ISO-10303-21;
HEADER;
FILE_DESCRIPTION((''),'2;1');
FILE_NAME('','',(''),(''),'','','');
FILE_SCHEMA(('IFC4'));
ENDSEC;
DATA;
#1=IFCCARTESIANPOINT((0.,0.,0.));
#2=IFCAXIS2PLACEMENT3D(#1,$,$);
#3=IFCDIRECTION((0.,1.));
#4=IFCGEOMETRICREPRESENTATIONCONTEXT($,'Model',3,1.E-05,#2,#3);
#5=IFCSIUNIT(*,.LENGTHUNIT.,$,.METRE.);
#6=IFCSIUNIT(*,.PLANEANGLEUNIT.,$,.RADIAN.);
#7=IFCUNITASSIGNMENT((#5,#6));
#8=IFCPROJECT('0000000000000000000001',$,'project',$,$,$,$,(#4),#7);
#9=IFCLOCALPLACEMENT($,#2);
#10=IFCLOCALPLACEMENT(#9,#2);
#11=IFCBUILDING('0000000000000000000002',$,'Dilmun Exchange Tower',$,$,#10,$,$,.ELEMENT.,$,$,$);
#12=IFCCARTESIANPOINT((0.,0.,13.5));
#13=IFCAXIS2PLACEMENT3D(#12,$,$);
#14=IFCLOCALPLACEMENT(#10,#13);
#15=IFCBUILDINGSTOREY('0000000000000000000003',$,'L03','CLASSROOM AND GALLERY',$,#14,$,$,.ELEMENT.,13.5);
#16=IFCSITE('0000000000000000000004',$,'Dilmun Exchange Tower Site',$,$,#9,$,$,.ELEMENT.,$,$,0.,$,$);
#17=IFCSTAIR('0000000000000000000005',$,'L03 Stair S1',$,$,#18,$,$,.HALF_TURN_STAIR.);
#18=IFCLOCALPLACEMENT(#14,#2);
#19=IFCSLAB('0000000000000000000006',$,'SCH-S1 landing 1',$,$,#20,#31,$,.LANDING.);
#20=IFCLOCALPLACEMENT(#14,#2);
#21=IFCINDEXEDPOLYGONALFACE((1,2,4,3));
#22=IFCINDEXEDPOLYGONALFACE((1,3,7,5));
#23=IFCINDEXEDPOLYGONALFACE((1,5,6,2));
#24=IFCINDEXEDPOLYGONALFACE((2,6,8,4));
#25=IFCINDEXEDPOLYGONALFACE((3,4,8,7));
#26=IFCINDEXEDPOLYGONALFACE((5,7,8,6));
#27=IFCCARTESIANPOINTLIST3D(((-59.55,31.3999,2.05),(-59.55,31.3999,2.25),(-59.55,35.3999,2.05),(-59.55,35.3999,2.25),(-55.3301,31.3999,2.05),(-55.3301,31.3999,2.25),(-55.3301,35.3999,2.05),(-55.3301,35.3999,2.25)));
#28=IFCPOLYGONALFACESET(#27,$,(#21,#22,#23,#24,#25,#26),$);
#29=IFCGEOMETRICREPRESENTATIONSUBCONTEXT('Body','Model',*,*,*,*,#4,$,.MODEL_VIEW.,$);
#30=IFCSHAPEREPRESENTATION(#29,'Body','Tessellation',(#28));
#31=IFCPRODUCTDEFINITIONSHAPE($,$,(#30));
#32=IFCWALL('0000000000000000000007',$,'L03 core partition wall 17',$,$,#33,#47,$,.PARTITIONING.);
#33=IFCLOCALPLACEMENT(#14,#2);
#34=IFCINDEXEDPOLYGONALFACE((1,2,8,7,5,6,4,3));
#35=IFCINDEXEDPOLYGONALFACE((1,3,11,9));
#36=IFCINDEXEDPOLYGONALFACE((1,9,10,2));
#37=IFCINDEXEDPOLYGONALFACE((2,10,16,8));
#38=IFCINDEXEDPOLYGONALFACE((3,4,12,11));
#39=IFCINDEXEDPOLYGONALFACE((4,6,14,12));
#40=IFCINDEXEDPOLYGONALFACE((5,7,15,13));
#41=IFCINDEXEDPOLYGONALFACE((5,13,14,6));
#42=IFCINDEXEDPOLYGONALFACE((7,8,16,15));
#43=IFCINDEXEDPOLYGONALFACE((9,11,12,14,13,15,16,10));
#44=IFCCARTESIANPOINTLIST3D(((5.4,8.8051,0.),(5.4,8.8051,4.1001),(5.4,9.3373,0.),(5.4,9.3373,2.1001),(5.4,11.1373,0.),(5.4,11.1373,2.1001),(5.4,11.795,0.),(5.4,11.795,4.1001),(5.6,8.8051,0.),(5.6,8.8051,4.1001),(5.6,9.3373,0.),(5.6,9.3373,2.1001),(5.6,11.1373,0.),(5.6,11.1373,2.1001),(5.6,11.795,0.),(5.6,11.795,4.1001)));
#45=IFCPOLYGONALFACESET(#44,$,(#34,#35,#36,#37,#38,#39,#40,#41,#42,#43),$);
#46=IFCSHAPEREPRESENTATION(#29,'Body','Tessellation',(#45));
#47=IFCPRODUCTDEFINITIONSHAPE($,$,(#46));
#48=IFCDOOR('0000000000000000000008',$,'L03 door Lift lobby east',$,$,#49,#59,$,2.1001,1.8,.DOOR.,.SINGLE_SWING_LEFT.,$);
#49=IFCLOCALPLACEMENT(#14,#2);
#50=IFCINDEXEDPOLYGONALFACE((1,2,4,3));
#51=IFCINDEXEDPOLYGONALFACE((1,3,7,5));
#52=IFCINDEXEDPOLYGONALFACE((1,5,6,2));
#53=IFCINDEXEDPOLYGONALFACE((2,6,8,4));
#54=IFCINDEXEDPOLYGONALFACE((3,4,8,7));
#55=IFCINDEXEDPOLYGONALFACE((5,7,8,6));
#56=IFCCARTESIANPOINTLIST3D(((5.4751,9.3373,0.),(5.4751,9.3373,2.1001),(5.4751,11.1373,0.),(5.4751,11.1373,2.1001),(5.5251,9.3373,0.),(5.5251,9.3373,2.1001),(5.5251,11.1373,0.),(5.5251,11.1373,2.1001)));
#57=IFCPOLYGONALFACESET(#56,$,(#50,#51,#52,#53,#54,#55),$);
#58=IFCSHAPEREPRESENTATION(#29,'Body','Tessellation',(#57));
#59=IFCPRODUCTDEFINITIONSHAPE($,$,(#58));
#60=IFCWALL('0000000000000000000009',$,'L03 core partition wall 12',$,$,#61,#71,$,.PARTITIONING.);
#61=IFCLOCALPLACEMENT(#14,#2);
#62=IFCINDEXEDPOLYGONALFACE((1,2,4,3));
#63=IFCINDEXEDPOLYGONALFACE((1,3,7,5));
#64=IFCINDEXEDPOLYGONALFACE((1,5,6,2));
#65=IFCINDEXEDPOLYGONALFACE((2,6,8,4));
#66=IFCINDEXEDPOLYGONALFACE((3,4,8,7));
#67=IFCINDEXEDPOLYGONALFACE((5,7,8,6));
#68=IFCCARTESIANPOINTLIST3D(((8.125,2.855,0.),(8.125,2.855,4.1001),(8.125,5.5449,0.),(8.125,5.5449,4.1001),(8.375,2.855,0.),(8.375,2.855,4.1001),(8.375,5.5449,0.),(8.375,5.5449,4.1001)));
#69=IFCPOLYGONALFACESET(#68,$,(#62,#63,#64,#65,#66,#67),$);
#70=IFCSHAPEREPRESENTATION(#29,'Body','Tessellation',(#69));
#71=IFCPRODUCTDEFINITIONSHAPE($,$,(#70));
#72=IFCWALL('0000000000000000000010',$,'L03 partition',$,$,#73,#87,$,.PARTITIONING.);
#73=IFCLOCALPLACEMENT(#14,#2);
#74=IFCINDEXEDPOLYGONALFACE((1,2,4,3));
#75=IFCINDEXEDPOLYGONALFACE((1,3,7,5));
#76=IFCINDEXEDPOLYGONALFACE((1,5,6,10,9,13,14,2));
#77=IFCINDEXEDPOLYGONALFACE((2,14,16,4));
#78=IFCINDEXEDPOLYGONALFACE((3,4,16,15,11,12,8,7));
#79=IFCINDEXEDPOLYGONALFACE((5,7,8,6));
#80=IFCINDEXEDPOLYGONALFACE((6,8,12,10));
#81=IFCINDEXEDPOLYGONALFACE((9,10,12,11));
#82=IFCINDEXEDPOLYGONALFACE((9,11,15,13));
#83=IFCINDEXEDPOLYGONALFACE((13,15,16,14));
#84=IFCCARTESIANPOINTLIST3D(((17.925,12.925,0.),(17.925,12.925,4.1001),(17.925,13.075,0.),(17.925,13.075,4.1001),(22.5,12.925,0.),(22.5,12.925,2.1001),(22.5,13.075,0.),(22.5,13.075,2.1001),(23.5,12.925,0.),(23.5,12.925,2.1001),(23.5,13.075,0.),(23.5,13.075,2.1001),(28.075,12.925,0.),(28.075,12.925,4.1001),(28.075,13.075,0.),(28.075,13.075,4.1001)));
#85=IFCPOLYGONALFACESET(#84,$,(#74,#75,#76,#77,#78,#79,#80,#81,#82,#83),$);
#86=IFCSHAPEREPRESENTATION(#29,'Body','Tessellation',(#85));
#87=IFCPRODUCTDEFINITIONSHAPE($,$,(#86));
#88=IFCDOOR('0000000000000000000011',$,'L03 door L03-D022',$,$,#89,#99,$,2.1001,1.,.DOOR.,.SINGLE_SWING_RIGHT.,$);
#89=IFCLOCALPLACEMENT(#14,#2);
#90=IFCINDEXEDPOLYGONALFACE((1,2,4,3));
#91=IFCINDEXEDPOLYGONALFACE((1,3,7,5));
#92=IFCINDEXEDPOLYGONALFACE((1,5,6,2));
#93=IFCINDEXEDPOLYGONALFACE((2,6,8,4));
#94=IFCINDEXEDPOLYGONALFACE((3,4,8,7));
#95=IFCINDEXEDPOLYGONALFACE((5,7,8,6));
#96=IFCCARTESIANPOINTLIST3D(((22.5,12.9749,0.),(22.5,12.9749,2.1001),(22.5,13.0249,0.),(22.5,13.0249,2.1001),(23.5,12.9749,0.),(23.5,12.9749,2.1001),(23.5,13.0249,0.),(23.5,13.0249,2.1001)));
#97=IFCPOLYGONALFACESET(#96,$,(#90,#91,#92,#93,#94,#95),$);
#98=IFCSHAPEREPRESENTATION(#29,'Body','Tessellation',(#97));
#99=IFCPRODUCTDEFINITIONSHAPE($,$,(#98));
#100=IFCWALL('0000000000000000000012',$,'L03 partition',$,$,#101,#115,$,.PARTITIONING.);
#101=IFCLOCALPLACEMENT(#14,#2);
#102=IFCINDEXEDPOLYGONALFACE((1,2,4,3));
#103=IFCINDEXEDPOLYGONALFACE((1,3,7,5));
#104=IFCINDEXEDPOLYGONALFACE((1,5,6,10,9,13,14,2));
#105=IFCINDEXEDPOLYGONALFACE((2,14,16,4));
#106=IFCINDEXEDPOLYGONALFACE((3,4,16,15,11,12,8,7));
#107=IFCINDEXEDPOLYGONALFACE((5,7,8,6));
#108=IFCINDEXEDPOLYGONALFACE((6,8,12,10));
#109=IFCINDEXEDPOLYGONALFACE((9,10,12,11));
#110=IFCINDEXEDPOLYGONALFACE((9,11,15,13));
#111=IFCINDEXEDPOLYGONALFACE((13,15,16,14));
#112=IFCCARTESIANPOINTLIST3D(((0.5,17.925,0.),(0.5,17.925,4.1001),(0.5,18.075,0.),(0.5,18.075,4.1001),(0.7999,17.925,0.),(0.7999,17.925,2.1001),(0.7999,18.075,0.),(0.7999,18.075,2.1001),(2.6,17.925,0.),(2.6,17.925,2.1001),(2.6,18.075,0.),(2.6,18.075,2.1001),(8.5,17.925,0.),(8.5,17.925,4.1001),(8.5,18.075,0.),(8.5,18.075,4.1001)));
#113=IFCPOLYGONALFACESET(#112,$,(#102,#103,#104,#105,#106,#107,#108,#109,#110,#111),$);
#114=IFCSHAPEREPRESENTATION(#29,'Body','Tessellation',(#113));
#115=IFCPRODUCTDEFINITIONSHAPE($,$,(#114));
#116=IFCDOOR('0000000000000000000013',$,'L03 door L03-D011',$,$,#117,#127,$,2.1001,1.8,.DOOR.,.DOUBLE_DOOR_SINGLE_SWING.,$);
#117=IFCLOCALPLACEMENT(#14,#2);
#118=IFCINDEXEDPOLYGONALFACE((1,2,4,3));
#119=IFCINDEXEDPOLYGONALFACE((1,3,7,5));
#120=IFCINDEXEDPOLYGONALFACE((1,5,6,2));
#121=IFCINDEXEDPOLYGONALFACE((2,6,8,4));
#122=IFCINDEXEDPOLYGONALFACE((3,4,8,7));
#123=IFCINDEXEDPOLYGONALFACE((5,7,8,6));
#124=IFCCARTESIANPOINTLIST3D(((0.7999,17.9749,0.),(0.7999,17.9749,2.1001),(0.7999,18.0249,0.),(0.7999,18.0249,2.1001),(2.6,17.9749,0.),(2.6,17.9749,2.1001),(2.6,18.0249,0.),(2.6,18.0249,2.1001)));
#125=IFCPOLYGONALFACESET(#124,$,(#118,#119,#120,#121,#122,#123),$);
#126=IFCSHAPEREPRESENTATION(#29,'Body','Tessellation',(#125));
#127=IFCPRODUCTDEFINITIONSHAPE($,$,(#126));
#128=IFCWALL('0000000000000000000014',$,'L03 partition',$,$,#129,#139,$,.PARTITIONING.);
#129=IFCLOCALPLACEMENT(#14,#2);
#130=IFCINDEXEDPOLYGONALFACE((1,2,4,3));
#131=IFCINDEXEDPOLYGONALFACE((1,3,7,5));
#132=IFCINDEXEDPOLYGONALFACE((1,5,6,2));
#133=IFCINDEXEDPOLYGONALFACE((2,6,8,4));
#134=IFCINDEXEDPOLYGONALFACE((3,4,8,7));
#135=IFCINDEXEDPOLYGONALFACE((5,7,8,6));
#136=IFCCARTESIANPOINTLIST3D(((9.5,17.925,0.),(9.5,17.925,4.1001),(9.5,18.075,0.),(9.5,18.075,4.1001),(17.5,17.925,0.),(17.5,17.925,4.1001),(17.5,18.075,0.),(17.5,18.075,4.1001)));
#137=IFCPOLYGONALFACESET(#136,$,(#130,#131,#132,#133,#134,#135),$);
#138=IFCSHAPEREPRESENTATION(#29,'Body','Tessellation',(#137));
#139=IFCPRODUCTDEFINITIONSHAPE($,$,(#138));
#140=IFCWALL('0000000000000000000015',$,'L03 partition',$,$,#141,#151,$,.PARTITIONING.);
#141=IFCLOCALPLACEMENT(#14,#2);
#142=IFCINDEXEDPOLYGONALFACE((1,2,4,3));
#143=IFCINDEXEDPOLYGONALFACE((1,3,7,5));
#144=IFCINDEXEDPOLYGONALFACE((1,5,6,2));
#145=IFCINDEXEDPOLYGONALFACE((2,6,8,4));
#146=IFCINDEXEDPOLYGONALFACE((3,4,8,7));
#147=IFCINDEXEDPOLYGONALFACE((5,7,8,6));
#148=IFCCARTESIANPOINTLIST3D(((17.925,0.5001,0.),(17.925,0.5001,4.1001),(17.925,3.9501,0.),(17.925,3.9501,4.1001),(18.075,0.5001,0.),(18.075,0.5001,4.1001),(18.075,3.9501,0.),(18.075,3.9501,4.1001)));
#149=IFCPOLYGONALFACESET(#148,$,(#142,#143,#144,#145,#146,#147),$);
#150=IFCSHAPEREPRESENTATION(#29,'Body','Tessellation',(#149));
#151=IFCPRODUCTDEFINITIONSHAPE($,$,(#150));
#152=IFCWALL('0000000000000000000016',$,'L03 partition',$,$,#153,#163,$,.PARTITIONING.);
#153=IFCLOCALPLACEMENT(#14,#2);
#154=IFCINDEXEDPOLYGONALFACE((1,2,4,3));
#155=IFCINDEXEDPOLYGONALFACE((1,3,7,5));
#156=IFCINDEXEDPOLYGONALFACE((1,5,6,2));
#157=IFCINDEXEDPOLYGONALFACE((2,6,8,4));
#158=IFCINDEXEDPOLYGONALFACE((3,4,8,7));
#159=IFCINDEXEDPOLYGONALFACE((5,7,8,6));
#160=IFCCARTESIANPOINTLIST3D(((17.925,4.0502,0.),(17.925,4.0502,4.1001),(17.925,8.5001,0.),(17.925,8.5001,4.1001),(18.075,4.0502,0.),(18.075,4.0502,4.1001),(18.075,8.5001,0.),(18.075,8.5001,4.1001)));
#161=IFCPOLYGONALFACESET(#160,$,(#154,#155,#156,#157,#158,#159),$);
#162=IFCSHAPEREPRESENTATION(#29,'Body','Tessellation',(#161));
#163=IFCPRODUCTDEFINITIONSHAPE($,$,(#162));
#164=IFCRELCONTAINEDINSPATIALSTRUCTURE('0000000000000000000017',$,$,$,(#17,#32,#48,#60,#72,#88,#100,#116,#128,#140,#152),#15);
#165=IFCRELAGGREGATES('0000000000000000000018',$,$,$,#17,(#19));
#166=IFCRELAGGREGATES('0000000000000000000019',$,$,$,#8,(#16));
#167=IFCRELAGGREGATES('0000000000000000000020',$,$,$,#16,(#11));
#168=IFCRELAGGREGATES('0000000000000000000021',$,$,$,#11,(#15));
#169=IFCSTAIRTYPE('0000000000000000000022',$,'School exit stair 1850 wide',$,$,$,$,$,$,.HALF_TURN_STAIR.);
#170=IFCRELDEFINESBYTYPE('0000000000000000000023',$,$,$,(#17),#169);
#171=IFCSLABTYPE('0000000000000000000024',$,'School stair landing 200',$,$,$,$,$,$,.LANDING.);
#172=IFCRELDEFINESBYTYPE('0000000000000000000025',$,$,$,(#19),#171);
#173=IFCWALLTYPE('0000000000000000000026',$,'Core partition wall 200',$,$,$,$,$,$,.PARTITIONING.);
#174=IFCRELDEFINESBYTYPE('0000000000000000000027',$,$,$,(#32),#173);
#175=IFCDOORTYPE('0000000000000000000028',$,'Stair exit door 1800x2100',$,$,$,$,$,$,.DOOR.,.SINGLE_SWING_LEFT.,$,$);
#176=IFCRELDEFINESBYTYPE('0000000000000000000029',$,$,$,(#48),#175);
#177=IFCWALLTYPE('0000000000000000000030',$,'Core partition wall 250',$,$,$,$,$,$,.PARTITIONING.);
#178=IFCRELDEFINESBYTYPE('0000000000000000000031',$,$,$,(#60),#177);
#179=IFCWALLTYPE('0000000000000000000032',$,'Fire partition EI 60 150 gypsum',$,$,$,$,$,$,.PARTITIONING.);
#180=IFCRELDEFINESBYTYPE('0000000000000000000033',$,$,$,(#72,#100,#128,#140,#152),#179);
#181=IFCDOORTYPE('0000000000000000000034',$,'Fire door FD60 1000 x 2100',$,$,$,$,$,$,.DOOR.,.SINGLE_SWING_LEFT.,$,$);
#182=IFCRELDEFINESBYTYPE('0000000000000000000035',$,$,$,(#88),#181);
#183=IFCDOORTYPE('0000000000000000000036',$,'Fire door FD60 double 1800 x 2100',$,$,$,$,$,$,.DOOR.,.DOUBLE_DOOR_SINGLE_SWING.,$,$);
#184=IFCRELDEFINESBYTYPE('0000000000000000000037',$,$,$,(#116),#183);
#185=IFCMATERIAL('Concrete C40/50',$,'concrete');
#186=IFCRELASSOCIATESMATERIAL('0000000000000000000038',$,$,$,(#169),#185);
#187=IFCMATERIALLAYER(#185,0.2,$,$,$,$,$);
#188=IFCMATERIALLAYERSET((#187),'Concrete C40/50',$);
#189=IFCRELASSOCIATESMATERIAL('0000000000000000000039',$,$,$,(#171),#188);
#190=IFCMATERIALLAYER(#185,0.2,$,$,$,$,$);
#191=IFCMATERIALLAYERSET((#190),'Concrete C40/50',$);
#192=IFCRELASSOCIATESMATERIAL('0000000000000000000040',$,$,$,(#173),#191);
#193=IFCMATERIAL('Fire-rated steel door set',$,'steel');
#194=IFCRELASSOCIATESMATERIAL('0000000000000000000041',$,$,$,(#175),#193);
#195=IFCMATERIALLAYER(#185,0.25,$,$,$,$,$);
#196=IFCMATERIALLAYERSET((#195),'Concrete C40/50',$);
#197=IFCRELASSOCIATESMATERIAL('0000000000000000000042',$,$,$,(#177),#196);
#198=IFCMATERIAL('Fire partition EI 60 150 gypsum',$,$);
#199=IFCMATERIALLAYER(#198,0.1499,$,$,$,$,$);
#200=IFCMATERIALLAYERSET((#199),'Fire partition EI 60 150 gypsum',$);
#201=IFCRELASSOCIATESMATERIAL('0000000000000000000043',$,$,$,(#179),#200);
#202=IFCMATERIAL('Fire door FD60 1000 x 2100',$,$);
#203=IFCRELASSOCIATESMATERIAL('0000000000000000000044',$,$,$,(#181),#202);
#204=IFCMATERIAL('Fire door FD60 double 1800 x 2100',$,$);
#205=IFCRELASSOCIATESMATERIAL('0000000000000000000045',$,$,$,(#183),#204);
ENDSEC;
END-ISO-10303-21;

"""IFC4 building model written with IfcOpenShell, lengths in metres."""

from ifc_helpers import new_model, si_unit, direction, frame, frame_2d, origin, place, context, subcontext, project, spatial, polyline, rectangle, outline, extrude, material, layer, layer_set, type_object, element, fill, aggregate, save


model = new_model("IFC4")

# Units and contexts
model_context = context("Model", 3, precision=1e-05, world=origin(), true_north=direction((0.0, 1.0)))
body_context = subcontext(model_context, "Body", "Model", "MODEL_VIEW")
ifc_project = project(units=[si_unit("LENGTHUNIT", "METRE"), si_unit("PLANEANGLEUNIT", "RADIAN")], contexts=[model_context])

# Site, building, storey
site_placement = place(None, origin())
site = spatial("IfcSite", under=ifc_project, at=site_placement, Name="Dilmun Exchange Tower Site", CompositionType="ELEMENT", RefElevation=0.0)
building_placement = place(site_placement, origin())
building = spatial("IfcBuilding", under=site, at=building_placement, Name="Dilmun Exchange Tower", CompositionType="ELEMENT")
storey_placement = place(building_placement, frame((0.0, 0.0, 13.5)))
storey = spatial("IfcBuildingStorey", under=building, at=storey_placement, Name="L03", Description="CLASSROOM AND GALLERY", CompositionType="ELEMENT", Elevation=13.5)

# Shared definitions
ifc_material_1 = material(Name="Concrete C40/50", Category="concrete")

# Stair, slab
stair_type_1 = type_object("IfcStairType", Name="School exit stair 1850 wide", PredefinedType="HALF_TURN_STAIR", material=ifc_material_1)
stair_1_placement = place(storey_placement, origin())
stair_1 = element("IfcStair", 1, at=stair_1_placement, inside=storey, type_object=stair_type_1, Name="L03 Stair S1", PredefinedType="HALF_TURN_STAIR")
ifc_layer_1 = layer(ifc_material_1, 0.2)
ifc_layer_set_1 = layer_set([ifc_layer_1], Name="Concrete C40/50")
slab_type_1 = type_object("IfcSlabType", Name="School stair landing 200", PredefinedType="LANDING", material=ifc_layer_set_1)
slab_1_placement = place(storey_placement, frame((0.0, 0.0, 2.05)))
slab_1 = element("IfcSlab", 2, at=slab_1_placement, type_object=slab_type_1, Name="SCH-S1 landing 1", PredefinedType="LANDING", context=body_context, shape_type="SweptSolid", body=[
    extrude(outline(polyline([(-55.3301, 35.3999), (-59.55, 35.3999), (-59.55, 31.3999), (-55.3301, 31.3999), (-55.3301, 35.3999)])), origin(), (0.0, 0.0, 1.0), 0.2),
])
aggregate(stair_1, [slab_1])

# Wall, opening, door
ifc_layer_2 = layer(ifc_material_1, 0.2)
ifc_layer_set_2 = layer_set([ifc_layer_2], Name="Concrete C40/50")
wall_type_1 = type_object("IfcWallType", Name="Core partition wall 200", PredefinedType="PARTITIONING", material=ifc_layer_set_2)
wall_1_placement = place(storey_placement, frame((5.5, 8.8049, 0.0), z_axis=(0.0, 0.0, 1.0), x_axis=(0.0, 1.0, 0.0)))
wall_1 = element("IfcWall", 3, at=wall_1_placement, inside=storey, type_object=wall_type_1, Name="L03 core partition wall 17", PredefinedType="PARTITIONING", context=body_context, shape_type="SweptSolid", body=[
    extrude(rectangle(XDim=2.99, YDim=0.2, at=frame_2d((1.4951, 0.0))), origin(), (0.0, 0.0, 1.0), 4.1001),
])
opening_1_placement = place(wall_1_placement, frame((0.5325, 0.0, 0.0)))
opening_1 = element("IfcOpeningElement", 4, at=opening_1_placement, cuts=wall_1, PredefinedType="OPENING", context=body_context, shape_type="SweptSolid", body=[
    extrude(rectangle(XDim=1.8, YDim=2.1001, at=frame_2d((0.8999, 1.05))), frame((0.0, 0.1099, 0.0), z_axis=(0.0, -1.0, 0.0), x_axis=(1.0, 0.0, 0.0)), (0.0, 0.0, 1.0), 0.22),
])
ifc_material_2 = material(Name="Fire-rated steel door set", Category="steel")
door_type_1 = type_object("IfcDoorType", Name="Stair exit door 1800x2100", OperationType="SINGLE_SWING_LEFT", PredefinedType="DOOR", material=ifc_material_2)
door_1_placement = place(opening_1_placement, origin())
door_1 = element("IfcDoor", 5, at=door_1_placement, inside=storey, type_object=door_type_1, Name="L03 door Lift lobby east", OperationType="SINGLE_SWING_LEFT", OverallHeight=2.1001, OverallWidth=1.8, PredefinedType="DOOR", context=body_context, shape_type="SweptSolid", body=[
    extrude(rectangle(XDim=1.8, YDim=2.1001, at=frame_2d((0.8999, 1.05))), frame((0.0, 0.0249, 0.0), z_axis=(0.0, -1.0, 0.0), x_axis=(1.0, 0.0, 0.0)), (0.0, 0.0, 1.0), 0.05),
])
fill(opening_1, door_1)

# Wall
ifc_layer_3 = layer(ifc_material_1, 0.25)
ifc_layer_set_3 = layer_set([ifc_layer_3], Name="Concrete C40/50")
wall_type_2 = type_object("IfcWallType", Name="Core partition wall 250", PredefinedType="PARTITIONING", material=ifc_layer_set_3)
wall_2_placement = place(storey_placement, frame((8.25, 2.855, 0.0), z_axis=(0.0, 0.0, 1.0), x_axis=(0.0, 1.0, 0.0)))
element("IfcWall", 6, at=wall_2_placement, inside=storey, type_object=wall_type_2, Name="L03 core partition wall 12", PredefinedType="PARTITIONING", context=body_context, shape_type="SweptSolid", body=[
    extrude(rectangle(XDim=2.6899, YDim=0.25, at=frame_2d((1.345, 0.0))), origin(), (0.0, 0.0, 1.0), 4.1001),
])

# Walls, openings, doors
ifc_material_3 = material(Name="Fire partition EI 60 150 gypsum")
ifc_layer_4 = layer(ifc_material_3, 0.1499)
ifc_layer_set_4 = layer_set([ifc_layer_4], Name="Fire partition EI 60 150 gypsum")
wall_type_3 = type_object("IfcWallType", Name="Fire partition EI 60 150 gypsum", PredefinedType="PARTITIONING", material=ifc_layer_set_4)
wall_3_placement = place(storey_placement, frame((17.925, 13.0, 0.0), z_axis=(0.0, 0.0, 1.0), x_axis=(1.0, 0.0, 0.0)))
wall_3 = element("IfcWall", 7, at=wall_3_placement, inside=storey, type_object=wall_type_3, Name="L03 partition", PredefinedType="PARTITIONING", context=body_context, shape_type="SweptSolid", body=[
    extrude(rectangle(XDim=10.1499, YDim=0.1499, at=frame_2d((5.075, 0.0))), origin(), (0.0, 0.0, 1.0), 4.1001),
])
opening_2_placement = place(wall_3_placement, frame((4.575, 0.0, 0.0)))
opening_2 = element("IfcOpeningElement", 8, at=opening_2_placement, cuts=wall_3, PredefinedType="OPENING", context=body_context, shape_type="SweptSolid", body=[
    extrude(rectangle(XDim=1.0, YDim=2.1001, at=frame_2d((0.5, 1.05))), frame((0.0, 0.085, 0.0), z_axis=(0.0, -1.0, 0.0), x_axis=(1.0, 0.0, 0.0)), (0.0, 0.0, 1.0), 0.1699),
])
ifc_material_4 = material(Name="Fire door FD60 1000 x 2100")
door_type_2 = type_object("IfcDoorType", Name="Fire door FD60 1000 x 2100", OperationType="SINGLE_SWING_LEFT", PredefinedType="DOOR", material=ifc_material_4)
door_2_placement = place(opening_2_placement, origin())
door_2 = element("IfcDoor", 9, at=door_2_placement, inside=storey, type_object=door_type_2, Name="L03 door L03-D022", OperationType="SINGLE_SWING_RIGHT", OverallHeight=2.1001, OverallWidth=1.0, PredefinedType="DOOR", context=body_context, shape_type="SweptSolid", body=[
    extrude(rectangle(XDim=1.0, YDim=2.1001, at=frame_2d((0.5, 1.05))), frame((0.0, 0.0249, 0.0), z_axis=(0.0, -1.0, 0.0), x_axis=(1.0, 0.0, 0.0)), (0.0, 0.0, 1.0), 0.05),
])
fill(opening_2, door_2)
wall_4_placement = place(storey_placement, frame((0.5, 18.0, 0.0), z_axis=(0.0, 0.0, 1.0), x_axis=(1.0, 0.0, 0.0)))
wall_4 = element("IfcWall", 10, at=wall_4_placement, inside=storey, type_object=wall_type_3, Name="L03 partition", PredefinedType="PARTITIONING", context=body_context, shape_type="SweptSolid", body=[
    extrude(rectangle(XDim=8.0, YDim=0.1499, at=frame_2d((4.0, 0.0))), origin(), (0.0, 0.0, 1.0), 4.1001),
])
opening_3_placement = place(wall_4_placement, frame((0.3, 0.0, 0.0)))
opening_3 = element("IfcOpeningElement", 11, at=opening_3_placement, cuts=wall_4, PredefinedType="OPENING", context=body_context, shape_type="SweptSolid", body=[
    extrude(rectangle(XDim=1.8, YDim=2.1001, at=frame_2d((0.8999, 1.05))), frame((0.0, 0.085, 0.0), z_axis=(0.0, -1.0, 0.0), x_axis=(1.0, 0.0, 0.0)), (0.0, 0.0, 1.0), 0.1699),
])
ifc_material_5 = material(Name="Fire door FD60 double 1800 x 2100")
door_type_3 = type_object("IfcDoorType", Name="Fire door FD60 double 1800 x 2100", OperationType="DOUBLE_DOOR_SINGLE_SWING", PredefinedType="DOOR", material=ifc_material_5)
door_3_placement = place(opening_3_placement, origin())
door_3 = element("IfcDoor", 12, at=door_3_placement, inside=storey, type_object=door_type_3, Name="L03 door L03-D011", OperationType="DOUBLE_DOOR_SINGLE_SWING", OverallHeight=2.1001, OverallWidth=1.8, PredefinedType="DOOR", context=body_context, shape_type="SweptSolid", body=[
    extrude(rectangle(XDim=1.8, YDim=2.1001, at=frame_2d((0.8999, 1.05))), frame((0.0, 0.0249, 0.0), z_axis=(0.0, -1.0, 0.0), x_axis=(1.0, 0.0, 0.0)), (0.0, 0.0, 1.0), 0.05),
])
fill(opening_3, door_3)

# Walls
wall_5_placement = place(storey_placement, frame((9.5, 18.0, 0.0), z_axis=(0.0, 0.0, 1.0), x_axis=(1.0, 0.0, 0.0)))
element("IfcWall", 13, at=wall_5_placement, inside=storey, type_object=wall_type_3, Name="L03 partition", PredefinedType="PARTITIONING", context=body_context, shape_type="SweptSolid", body=[
    extrude(rectangle(XDim=8.0, YDim=0.1499, at=frame_2d((4.0, 0.0))), origin(), (0.0, 0.0, 1.0), 4.1001),
])
wall_6_placement = place(storey_placement, frame((18.0, 0.5, 0.0), z_axis=(0.0, 0.0, 1.0), x_axis=(0.0, 1.0, 0.0)))
element("IfcWall", 14, at=wall_6_placement, inside=storey, type_object=wall_type_3, Name="L03 partition", PredefinedType="PARTITIONING", context=body_context, shape_type="SweptSolid", body=[
    extrude(rectangle(XDim=3.45, YDim=0.1499, at=frame_2d((1.7251, 0.0))), origin(), (0.0, 0.0, 1.0), 4.1001),
])
wall_7_placement = place(storey_placement, frame((18.0, 4.05, 0.0), z_axis=(0.0, 0.0, 1.0), x_axis=(0.0, 1.0, 0.0)))
element("IfcWall", 15, at=wall_7_placement, inside=storey, type_object=wall_type_3, Name="L03 partition", PredefinedType="PARTITIONING", context=body_context, shape_type="SweptSolid", body=[
    extrude(rectangle(XDim=4.45, YDim=0.1499, at=frame_2d((2.2251, 0.0))), origin(), (0.0, 0.0, 1.0), 4.1001),
])

save(model, "model.ifc")
